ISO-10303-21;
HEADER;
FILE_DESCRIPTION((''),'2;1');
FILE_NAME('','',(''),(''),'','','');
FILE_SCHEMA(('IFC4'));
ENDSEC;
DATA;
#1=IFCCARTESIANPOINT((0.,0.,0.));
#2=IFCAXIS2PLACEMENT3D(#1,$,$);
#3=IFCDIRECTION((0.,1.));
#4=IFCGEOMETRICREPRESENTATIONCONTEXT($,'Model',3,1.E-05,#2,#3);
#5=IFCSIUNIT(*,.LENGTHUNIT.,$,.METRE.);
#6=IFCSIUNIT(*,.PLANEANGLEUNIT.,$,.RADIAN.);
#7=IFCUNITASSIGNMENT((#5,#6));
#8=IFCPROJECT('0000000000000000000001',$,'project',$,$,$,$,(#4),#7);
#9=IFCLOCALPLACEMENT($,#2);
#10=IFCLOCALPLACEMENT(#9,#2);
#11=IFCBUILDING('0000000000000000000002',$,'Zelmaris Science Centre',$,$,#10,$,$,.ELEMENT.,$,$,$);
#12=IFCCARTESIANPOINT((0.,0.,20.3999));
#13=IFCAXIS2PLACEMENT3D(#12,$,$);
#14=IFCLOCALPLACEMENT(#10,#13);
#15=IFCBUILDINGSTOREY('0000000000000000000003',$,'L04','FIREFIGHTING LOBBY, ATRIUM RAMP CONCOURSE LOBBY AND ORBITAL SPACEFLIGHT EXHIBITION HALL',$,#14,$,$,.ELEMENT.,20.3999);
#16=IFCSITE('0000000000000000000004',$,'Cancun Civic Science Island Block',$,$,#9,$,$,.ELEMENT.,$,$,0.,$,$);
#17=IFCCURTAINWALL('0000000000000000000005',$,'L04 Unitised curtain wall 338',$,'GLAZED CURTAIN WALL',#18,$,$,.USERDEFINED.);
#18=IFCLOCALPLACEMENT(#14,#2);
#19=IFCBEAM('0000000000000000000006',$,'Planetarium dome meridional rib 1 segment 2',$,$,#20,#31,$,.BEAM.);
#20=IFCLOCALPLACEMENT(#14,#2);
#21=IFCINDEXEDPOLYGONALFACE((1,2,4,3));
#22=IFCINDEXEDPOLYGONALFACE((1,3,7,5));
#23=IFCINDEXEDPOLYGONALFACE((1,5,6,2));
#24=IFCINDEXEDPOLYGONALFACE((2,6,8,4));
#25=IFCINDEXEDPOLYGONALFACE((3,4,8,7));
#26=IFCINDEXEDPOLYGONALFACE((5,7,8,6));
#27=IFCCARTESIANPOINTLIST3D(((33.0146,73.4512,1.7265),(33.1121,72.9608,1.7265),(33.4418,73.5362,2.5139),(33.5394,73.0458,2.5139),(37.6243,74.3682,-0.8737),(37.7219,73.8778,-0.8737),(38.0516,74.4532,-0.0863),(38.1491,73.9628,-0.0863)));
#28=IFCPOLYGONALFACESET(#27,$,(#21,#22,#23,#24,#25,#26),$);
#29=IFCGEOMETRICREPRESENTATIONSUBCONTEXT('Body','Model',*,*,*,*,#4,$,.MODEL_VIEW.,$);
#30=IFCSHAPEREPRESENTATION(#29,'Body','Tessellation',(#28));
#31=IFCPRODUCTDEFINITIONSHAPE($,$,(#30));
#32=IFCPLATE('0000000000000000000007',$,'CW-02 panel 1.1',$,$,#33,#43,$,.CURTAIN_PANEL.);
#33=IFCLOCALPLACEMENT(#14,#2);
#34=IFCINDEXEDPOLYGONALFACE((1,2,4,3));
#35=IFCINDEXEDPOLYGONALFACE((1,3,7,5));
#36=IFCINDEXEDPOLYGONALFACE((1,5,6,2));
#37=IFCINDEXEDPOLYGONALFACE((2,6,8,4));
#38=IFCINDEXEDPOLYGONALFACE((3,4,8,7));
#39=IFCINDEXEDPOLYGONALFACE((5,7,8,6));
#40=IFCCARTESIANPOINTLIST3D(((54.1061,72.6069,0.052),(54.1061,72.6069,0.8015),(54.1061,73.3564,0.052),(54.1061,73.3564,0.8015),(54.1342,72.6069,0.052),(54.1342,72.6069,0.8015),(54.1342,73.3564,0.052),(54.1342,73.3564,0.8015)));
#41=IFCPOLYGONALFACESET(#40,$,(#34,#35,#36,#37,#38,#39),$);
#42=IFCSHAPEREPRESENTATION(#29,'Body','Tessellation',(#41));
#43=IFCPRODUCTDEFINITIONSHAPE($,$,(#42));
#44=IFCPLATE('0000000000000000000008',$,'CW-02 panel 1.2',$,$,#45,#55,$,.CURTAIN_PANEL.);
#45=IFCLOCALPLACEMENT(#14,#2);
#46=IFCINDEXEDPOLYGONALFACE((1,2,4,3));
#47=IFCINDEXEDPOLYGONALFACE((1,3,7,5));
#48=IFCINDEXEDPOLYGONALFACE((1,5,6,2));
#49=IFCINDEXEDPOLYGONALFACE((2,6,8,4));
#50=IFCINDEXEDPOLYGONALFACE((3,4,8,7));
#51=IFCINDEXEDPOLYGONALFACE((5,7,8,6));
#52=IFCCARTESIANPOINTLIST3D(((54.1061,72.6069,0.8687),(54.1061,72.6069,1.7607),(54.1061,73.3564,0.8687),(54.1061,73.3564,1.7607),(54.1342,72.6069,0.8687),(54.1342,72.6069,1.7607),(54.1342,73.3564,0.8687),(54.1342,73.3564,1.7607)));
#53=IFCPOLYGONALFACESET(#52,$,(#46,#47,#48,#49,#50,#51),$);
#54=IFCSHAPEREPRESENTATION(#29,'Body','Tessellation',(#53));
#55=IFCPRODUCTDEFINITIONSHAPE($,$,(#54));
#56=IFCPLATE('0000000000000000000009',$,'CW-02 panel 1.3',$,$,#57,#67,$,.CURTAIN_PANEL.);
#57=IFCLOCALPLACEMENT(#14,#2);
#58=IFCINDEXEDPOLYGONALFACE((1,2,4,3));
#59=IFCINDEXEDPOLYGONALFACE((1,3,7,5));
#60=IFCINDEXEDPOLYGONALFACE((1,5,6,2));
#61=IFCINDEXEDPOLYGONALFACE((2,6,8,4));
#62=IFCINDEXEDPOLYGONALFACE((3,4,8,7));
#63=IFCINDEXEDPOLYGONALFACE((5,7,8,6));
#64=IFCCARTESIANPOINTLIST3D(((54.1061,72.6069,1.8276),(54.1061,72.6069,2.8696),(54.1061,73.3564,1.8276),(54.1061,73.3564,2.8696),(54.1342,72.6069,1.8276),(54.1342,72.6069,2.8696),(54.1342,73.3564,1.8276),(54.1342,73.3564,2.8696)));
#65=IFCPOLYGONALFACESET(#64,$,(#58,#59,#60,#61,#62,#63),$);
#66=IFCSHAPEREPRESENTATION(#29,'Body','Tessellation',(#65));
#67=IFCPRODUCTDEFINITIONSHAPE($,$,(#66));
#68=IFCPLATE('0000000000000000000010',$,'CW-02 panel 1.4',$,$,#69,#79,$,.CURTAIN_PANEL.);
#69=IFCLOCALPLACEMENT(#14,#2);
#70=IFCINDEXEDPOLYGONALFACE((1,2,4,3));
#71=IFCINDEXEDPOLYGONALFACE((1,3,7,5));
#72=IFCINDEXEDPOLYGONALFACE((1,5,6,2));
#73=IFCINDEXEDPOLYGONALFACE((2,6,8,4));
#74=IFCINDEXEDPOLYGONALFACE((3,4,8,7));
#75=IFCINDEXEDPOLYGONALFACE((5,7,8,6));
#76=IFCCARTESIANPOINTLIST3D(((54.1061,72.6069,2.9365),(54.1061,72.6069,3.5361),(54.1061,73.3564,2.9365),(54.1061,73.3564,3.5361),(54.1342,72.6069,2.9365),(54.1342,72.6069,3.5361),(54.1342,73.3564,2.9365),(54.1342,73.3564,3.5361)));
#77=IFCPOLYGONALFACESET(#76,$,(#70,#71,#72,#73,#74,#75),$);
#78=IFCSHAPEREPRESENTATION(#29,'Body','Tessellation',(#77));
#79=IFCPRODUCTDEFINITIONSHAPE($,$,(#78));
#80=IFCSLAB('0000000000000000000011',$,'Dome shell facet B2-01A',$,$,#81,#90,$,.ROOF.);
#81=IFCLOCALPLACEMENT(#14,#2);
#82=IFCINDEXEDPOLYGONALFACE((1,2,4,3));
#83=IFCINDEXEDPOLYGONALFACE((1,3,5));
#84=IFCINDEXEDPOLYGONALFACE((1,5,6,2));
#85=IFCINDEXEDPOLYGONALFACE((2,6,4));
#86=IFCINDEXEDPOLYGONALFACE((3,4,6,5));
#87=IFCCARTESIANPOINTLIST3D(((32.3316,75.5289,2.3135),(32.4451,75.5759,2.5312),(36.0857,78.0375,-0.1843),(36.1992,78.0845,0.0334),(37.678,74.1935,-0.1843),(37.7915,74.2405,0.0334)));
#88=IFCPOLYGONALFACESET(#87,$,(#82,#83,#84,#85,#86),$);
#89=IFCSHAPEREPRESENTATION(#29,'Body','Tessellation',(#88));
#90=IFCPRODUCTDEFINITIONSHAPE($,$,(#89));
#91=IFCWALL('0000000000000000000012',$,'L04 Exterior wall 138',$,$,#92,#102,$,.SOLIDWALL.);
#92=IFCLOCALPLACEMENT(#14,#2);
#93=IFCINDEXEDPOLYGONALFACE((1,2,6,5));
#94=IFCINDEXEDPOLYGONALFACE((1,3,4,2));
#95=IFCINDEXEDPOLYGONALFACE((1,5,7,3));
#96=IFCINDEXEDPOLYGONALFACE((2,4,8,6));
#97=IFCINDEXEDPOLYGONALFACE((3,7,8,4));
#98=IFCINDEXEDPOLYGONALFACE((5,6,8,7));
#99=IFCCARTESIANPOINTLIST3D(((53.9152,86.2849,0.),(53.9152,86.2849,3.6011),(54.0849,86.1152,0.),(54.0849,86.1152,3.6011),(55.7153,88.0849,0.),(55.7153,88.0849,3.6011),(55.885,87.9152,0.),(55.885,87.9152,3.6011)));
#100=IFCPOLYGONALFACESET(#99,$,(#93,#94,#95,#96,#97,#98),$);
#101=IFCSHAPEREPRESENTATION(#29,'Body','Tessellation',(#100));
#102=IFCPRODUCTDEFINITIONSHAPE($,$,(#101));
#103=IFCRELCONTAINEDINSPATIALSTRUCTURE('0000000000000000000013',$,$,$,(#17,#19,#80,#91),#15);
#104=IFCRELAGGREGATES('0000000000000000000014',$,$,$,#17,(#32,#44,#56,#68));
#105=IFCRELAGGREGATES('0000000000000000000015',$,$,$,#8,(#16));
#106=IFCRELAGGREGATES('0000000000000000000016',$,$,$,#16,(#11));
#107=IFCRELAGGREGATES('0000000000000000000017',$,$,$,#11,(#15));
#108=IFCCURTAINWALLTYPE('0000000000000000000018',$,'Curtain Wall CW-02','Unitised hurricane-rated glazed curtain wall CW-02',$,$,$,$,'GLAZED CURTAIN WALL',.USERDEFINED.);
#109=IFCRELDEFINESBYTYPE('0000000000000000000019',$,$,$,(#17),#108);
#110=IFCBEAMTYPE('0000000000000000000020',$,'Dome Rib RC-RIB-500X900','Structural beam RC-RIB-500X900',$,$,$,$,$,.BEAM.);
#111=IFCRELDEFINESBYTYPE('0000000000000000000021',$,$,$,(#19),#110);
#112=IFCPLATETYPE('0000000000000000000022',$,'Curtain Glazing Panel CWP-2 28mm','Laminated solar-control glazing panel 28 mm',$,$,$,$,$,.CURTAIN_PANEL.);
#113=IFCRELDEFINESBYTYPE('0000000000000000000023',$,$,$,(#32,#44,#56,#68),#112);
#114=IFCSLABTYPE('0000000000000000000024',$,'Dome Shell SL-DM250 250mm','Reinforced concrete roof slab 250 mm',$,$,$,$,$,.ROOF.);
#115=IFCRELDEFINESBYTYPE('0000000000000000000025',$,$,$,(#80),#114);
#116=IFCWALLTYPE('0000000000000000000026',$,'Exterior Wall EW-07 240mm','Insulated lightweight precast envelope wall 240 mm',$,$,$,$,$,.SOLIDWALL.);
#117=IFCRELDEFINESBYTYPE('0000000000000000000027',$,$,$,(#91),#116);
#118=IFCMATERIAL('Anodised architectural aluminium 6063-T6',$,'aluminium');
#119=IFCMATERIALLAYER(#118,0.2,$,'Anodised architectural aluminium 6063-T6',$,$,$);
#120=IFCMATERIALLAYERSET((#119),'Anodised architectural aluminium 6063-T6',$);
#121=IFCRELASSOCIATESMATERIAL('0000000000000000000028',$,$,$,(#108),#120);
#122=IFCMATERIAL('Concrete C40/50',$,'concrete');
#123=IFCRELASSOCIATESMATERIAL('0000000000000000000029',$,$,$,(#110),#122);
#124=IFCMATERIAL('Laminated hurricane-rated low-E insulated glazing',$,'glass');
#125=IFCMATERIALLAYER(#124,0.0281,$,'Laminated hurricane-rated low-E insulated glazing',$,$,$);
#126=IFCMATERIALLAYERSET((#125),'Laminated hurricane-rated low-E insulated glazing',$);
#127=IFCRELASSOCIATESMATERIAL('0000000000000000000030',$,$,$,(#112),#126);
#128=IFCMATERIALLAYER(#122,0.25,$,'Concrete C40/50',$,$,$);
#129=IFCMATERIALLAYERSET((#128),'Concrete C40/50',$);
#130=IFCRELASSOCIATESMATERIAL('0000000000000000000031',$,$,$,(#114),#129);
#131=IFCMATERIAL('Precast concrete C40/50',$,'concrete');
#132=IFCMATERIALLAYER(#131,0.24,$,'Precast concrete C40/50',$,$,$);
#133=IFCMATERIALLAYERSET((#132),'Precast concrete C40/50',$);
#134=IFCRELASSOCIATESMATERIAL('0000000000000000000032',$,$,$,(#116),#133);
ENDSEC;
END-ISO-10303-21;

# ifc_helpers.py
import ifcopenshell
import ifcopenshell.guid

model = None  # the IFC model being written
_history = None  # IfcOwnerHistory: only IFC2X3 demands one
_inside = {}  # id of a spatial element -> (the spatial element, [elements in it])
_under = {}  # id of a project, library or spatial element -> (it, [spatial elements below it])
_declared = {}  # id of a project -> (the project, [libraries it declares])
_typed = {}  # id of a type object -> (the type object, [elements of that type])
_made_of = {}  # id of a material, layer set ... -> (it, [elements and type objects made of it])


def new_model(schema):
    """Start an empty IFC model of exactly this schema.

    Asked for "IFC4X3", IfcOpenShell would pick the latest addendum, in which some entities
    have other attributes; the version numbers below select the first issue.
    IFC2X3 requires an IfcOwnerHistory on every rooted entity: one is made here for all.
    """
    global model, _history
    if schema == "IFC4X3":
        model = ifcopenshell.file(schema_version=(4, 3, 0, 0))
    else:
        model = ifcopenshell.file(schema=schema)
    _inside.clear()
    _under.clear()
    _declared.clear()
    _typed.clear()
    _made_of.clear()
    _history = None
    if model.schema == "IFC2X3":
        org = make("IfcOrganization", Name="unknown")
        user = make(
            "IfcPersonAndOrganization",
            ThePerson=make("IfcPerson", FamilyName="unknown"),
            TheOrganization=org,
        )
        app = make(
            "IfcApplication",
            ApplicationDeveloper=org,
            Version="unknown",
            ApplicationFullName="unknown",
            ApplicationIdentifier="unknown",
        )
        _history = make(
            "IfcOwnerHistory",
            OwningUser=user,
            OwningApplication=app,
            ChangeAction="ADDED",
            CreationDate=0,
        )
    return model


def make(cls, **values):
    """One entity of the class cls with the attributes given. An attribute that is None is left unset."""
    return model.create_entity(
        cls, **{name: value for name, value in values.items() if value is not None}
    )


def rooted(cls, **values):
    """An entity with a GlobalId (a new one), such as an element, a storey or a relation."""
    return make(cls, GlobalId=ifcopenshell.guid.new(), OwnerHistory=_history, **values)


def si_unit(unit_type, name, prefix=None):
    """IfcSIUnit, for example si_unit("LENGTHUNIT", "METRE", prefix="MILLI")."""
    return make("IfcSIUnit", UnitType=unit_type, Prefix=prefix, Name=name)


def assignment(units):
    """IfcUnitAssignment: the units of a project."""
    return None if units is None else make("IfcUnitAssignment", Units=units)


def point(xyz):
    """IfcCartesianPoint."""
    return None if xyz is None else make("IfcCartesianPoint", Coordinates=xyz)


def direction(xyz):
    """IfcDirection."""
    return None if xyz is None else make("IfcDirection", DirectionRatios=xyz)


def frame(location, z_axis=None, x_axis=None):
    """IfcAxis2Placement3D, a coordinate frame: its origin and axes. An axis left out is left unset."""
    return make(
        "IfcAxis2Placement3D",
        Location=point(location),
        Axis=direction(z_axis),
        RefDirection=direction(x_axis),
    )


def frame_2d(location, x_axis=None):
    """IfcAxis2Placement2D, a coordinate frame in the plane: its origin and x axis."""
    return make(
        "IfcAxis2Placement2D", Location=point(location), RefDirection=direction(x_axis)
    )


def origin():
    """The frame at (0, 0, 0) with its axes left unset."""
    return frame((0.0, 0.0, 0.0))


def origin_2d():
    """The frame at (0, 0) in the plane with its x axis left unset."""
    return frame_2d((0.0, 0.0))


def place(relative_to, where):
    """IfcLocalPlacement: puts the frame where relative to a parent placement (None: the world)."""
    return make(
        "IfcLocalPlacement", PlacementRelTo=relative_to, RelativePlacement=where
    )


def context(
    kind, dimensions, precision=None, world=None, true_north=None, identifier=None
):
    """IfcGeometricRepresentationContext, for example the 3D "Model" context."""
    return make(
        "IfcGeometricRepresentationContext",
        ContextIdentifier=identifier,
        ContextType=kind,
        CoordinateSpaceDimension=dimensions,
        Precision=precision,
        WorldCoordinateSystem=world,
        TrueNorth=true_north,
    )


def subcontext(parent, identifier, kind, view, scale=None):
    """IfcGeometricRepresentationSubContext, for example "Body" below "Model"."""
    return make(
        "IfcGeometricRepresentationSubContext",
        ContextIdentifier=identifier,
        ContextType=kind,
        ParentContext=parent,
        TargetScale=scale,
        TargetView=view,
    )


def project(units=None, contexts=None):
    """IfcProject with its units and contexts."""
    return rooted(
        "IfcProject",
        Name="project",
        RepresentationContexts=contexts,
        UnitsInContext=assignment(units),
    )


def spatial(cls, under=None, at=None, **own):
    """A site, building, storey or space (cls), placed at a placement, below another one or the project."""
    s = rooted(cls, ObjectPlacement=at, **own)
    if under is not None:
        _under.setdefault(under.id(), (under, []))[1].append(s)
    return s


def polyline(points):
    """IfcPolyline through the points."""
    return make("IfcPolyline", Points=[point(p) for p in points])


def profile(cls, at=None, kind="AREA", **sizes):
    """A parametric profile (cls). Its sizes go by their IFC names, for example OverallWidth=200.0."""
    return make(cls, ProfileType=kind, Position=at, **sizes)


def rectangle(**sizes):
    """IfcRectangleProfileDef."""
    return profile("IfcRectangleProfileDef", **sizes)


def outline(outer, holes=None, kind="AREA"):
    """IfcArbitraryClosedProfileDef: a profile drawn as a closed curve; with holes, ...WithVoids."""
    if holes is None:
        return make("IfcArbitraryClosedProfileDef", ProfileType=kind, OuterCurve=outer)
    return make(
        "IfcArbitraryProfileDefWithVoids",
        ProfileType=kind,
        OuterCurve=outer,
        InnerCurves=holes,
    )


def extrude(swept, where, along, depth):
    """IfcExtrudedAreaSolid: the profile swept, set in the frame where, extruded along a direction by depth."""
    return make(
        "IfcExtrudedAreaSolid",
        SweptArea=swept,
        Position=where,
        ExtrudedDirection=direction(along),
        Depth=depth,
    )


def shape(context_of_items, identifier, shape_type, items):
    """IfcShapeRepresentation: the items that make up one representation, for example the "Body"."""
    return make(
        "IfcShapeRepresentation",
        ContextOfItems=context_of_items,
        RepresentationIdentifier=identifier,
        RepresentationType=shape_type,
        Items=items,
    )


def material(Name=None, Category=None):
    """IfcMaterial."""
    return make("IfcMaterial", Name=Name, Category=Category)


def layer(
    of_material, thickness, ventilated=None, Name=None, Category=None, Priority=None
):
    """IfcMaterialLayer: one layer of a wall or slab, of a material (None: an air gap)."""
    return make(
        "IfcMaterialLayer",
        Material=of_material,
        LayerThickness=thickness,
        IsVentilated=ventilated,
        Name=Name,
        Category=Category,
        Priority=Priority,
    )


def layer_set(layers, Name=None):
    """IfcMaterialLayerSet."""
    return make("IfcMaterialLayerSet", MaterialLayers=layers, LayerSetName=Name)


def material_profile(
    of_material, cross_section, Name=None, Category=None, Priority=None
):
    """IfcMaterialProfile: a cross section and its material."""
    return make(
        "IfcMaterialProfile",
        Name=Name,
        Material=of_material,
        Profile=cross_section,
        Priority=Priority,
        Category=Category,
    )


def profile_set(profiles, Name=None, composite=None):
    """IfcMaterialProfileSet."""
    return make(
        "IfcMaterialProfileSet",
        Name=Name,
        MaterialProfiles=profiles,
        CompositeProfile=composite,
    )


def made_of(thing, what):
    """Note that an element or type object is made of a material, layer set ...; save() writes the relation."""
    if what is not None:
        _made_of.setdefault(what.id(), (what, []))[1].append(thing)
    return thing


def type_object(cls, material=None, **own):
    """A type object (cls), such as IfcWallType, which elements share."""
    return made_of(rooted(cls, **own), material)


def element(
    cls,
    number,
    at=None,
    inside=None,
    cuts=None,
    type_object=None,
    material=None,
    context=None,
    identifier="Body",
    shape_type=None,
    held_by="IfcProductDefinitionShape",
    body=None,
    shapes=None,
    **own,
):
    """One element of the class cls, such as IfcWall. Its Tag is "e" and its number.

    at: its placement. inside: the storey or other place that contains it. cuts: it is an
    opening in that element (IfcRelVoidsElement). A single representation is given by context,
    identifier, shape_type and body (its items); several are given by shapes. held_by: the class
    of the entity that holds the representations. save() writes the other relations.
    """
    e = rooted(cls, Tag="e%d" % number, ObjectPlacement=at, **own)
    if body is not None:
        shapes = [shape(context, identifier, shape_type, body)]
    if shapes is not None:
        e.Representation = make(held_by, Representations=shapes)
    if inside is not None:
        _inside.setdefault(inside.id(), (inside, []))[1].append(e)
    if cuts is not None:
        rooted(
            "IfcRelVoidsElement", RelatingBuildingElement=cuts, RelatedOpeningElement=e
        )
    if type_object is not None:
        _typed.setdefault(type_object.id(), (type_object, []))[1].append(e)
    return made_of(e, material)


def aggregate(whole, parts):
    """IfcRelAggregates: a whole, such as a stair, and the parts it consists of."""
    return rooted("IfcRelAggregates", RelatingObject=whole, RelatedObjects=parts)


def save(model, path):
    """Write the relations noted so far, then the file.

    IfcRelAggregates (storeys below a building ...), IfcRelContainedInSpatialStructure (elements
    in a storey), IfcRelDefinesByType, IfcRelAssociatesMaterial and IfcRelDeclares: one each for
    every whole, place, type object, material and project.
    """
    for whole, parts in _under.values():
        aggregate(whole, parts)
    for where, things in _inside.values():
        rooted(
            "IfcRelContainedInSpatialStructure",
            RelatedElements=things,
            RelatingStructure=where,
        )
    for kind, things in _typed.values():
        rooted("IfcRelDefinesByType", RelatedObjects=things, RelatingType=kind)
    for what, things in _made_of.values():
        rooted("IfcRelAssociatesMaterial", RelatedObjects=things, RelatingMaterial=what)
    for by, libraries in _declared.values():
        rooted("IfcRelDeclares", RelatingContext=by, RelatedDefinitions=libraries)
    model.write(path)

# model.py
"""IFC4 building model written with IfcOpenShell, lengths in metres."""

from ifc_helpers import new_model, si_unit, direction, frame, frame_2d, origin, origin_2d, place, context, subcontext, project, spatial, polyline, rectangle, outline, extrude, material, layer, layer_set, material_profile, profile_set, type_object, element, aggregate, save


model = new_model("IFC4")

# Units and contexts
model_context = context("Model", 3, precision=1e-05, world=origin(), true_north=direction((0.0, 1.0)))
body_context = subcontext(model_context, "Body", "Model", "MODEL_VIEW")
ifc_project = project(units=[si_unit("LENGTHUNIT", "METRE"), si_unit("PLANEANGLEUNIT", "RADIAN")], contexts=[model_context])

# Site, building, storey
site_placement = place(None, origin())
site = spatial("IfcSite", under=ifc_project, at=site_placement, Name="Cancun Civic Science Island Block", CompositionType="ELEMENT", RefElevation=0.0)
building_placement = place(site_placement, origin())
building = spatial("IfcBuilding", under=site, at=building_placement, Name="Zelmaris Science Centre", CompositionType="ELEMENT")
storey_placement = place(building_placement, frame((0.0, 0.0, 20.3999)))
storey = spatial("IfcBuildingStorey", under=building, at=storey_placement, Name="L04", Description="FIREFIGHTING LOBBY, ATRIUM RAMP CONCOURSE LOBBY AND ORBITAL SPACEFLIGHT EXHIBITION HALL", CompositionType="ELEMENT", Elevation=20.3999)

# Curtain wall
ifc_material_1 = material(Name="Anodised architectural aluminium 6063-T6", Category="aluminium")
ifc_layer_1 = layer(ifc_material_1, 0.2, Name="Anodised architectural aluminium 6063-T6")
ifc_layer_set_1 = layer_set([ifc_layer_1], Name="Anodised architectural aluminium 6063-T6")
curtain_wall_type = type_object("IfcCurtainWallType", Name="Curtain Wall CW-02", Description="Unitised hurricane-rated glazed curtain wall CW-02", ElementType="GLAZED CURTAIN WALL", PredefinedType="USERDEFINED", material=ifc_layer_set_1)
curtain_wall_placement = place(storey_placement, origin())
curtain_wall = element("IfcCurtainWall", 1, at=curtain_wall_placement, inside=storey, type_object=curtain_wall_type, Name="L04 Unitised curtain wall 338", ObjectType="GLAZED CURTAIN WALL", PredefinedType="USERDEFINED")

# Beam
ifc_material_2 = material(Name="Concrete C40/50", Category="concrete")
ifc_material_profile_1 = material_profile(ifc_material_2, rectangle(XDim=0.5, YDim=0.8999, at=origin_2d()), Name="RC-RIB-500X900")
ifc_profile_set_1 = profile_set([ifc_material_profile_1], Name="Concrete C40/50")
beam_type_1 = type_object("IfcBeamType", Name="Dome Rib RC-RIB-500X900", Description="Structural beam RC-RIB-500X900", PredefinedType="BEAM", material=ifc_profile_set_1)
beam_1_placement = place(storey_placement, frame((37.8867, 74.1655, -0.48), z_axis=(-0.858208, -0.170723, 0.48408), x_axis=(0.195107, -0.980782, 0.0)))
element("IfcBeam", 2, at=beam_1_placement, inside=storey, type_object=beam_type_1, Name="Planetarium dome meridional rib 1 segment 2", PredefinedType="BEAM", context=body_context, shape_type="SweptSolid", body=[
    extrude(rectangle(XDim=0.5, YDim=0.8999, at=origin_2d()), origin(), (0.0, 0.0, 1.0), 5.3713),
])

# Plates
ifc_material_3 = material(Name="Laminated hurricane-rated low-E insulated glazing", Category="glass")
ifc_layer_2 = layer(ifc_material_3, 0.0281, Name="Laminated hurricane-rated low-E insulated glazing")
ifc_layer_set_2 = layer_set([ifc_layer_2], Name="Laminated hurricane-rated low-E insulated glazing")
plate_type = type_object("IfcPlateType", Name="Curtain Glazing Panel CWP-2 28mm", Description="Laminated solar-control glazing panel 28 mm", PredefinedType="CURTAIN_PANEL", material=ifc_layer_set_2)
plate_1_placement = place(storey_placement, frame((54.1201, 72.9817, 0.052), z_axis=(0.0, 0.0, 1.0), x_axis=(0.0, 1.0, 0.0)))
plate_1 = element("IfcPlate", 3, at=plate_1_placement, type_object=plate_type, Name="CW-02 panel 1.1", PredefinedType="CURTAIN_PANEL", context=body_context, shape_type="SweptSolid", body=[
    extrude(rectangle(XDim=0.7495, YDim=0.0281, at=origin_2d()), origin(), (0.0, 0.0, 1.0), 0.7495),
])
plate_2_placement = place(storey_placement, frame((54.1201, 72.9817, 0.8687), z_axis=(0.0, 0.0, 1.0), x_axis=(0.0, 1.0, 0.0)))
plate_2 = element("IfcPlate", 4, at=plate_2_placement, type_object=plate_type, Name="CW-02 panel 1.2", PredefinedType="CURTAIN_PANEL", context=body_context, shape_type="SweptSolid", body=[
    extrude(rectangle(XDim=0.7495, YDim=0.0281, at=origin_2d()), origin(), (0.0, 0.0, 1.0), 0.8921),
])
plate_3_placement = place(storey_placement, frame((54.1201, 72.9817, 1.8276), z_axis=(0.0, 0.0, 1.0), x_axis=(0.0, 1.0, 0.0)))
plate_3 = element("IfcPlate", 5, at=plate_3_placement, type_object=plate_type, Name="CW-02 panel 1.3", PredefinedType="CURTAIN_PANEL", context=body_context, shape_type="SweptSolid", body=[
    extrude(rectangle(XDim=0.7495, YDim=0.0281, at=origin_2d()), origin(), (0.0, 0.0, 1.0), 1.042),
])
plate_4_placement = place(storey_placement, frame((54.1201, 72.9817, 2.9365), z_axis=(0.0, 0.0, 1.0), x_axis=(0.0, 1.0, 0.0)))
plate_4 = element("IfcPlate", 6, at=plate_4_placement, type_object=plate_type, Name="CW-02 panel 1.4", PredefinedType="CURTAIN_PANEL", context=body_context, shape_type="SweptSolid", body=[
    extrude(rectangle(XDim=0.7495, YDim=0.0281, at=origin_2d()), origin(), (0.0, 0.0, 1.0), 0.5996),
])
aggregate(curtain_wall, [plate_1, plate_2, plate_3, plate_4])

# Slab
ifc_layer_3 = layer(ifc_material_2, 0.25, Name="Concrete C40/50")
ifc_layer_set_3 = layer_set([ifc_layer_3], Name="Concrete C40/50")
slab_type = type_object("IfcSlabType", Name="Dome Shell SL-DM250 250mm", Description="Reinforced concrete roof slab 250 mm", PredefinedType="ROOF", material=ifc_layer_set_3)
slab_placement = place(storey_placement, frame((37.7915, 74.2405, 0.0334), z_axis=(0.453885, 0.188011, 0.871), x_axis=(-0.382694, 0.923875, 0.0)))
element("IfcSlab", 7, at=slab_placement, inside=storey, type_object=slab_type, Name="Dome shell facet B2-01A", PredefinedType="ROOF", context=body_context, shape_type="SweptSolid", body=[
    extrude(outline(polyline([(0.0, 0.0), (4.1607, 0.0), (3.2798, 5.0842), (0.0, 0.0)])), origin(), (0.0, 0.0, -1.0), 0.25),
])

# Wall
ifc_material_4 = material(Name="Precast concrete C40/50", Category="concrete")
ifc_layer_4 = layer(ifc_material_4, 0.24, Name="Precast concrete C40/50")
ifc_layer_set_4 = layer_set([ifc_layer_4], Name="Precast concrete C40/50")
wall_type = type_object("IfcWallType", Name="Exterior Wall EW-07 240mm", Description="Insulated lightweight precast envelope wall 240 mm", PredefinedType="SOLIDWALL", material=ifc_layer_set_4)
wall_placement = place(storey_placement, frame((54.0, 86.2, 0.0), z_axis=(0.0, 0.0, 1.0), x_axis=(0.707107, 0.707107, 0.0)))
element("IfcWall", 8, at=wall_placement, inside=storey, type_object=wall_type, Name="L04 Exterior wall 138", PredefinedType="SOLIDWALL", context=body_context, shape_type="SweptSolid", body=[
    extrude(rectangle(XDim=2.5457, YDim=0.24, at=frame_2d((1.2729, 0.0))), origin(), (0.0, 0.0, 1.0), 3.6011),
])

save(model, "model.ifc")
